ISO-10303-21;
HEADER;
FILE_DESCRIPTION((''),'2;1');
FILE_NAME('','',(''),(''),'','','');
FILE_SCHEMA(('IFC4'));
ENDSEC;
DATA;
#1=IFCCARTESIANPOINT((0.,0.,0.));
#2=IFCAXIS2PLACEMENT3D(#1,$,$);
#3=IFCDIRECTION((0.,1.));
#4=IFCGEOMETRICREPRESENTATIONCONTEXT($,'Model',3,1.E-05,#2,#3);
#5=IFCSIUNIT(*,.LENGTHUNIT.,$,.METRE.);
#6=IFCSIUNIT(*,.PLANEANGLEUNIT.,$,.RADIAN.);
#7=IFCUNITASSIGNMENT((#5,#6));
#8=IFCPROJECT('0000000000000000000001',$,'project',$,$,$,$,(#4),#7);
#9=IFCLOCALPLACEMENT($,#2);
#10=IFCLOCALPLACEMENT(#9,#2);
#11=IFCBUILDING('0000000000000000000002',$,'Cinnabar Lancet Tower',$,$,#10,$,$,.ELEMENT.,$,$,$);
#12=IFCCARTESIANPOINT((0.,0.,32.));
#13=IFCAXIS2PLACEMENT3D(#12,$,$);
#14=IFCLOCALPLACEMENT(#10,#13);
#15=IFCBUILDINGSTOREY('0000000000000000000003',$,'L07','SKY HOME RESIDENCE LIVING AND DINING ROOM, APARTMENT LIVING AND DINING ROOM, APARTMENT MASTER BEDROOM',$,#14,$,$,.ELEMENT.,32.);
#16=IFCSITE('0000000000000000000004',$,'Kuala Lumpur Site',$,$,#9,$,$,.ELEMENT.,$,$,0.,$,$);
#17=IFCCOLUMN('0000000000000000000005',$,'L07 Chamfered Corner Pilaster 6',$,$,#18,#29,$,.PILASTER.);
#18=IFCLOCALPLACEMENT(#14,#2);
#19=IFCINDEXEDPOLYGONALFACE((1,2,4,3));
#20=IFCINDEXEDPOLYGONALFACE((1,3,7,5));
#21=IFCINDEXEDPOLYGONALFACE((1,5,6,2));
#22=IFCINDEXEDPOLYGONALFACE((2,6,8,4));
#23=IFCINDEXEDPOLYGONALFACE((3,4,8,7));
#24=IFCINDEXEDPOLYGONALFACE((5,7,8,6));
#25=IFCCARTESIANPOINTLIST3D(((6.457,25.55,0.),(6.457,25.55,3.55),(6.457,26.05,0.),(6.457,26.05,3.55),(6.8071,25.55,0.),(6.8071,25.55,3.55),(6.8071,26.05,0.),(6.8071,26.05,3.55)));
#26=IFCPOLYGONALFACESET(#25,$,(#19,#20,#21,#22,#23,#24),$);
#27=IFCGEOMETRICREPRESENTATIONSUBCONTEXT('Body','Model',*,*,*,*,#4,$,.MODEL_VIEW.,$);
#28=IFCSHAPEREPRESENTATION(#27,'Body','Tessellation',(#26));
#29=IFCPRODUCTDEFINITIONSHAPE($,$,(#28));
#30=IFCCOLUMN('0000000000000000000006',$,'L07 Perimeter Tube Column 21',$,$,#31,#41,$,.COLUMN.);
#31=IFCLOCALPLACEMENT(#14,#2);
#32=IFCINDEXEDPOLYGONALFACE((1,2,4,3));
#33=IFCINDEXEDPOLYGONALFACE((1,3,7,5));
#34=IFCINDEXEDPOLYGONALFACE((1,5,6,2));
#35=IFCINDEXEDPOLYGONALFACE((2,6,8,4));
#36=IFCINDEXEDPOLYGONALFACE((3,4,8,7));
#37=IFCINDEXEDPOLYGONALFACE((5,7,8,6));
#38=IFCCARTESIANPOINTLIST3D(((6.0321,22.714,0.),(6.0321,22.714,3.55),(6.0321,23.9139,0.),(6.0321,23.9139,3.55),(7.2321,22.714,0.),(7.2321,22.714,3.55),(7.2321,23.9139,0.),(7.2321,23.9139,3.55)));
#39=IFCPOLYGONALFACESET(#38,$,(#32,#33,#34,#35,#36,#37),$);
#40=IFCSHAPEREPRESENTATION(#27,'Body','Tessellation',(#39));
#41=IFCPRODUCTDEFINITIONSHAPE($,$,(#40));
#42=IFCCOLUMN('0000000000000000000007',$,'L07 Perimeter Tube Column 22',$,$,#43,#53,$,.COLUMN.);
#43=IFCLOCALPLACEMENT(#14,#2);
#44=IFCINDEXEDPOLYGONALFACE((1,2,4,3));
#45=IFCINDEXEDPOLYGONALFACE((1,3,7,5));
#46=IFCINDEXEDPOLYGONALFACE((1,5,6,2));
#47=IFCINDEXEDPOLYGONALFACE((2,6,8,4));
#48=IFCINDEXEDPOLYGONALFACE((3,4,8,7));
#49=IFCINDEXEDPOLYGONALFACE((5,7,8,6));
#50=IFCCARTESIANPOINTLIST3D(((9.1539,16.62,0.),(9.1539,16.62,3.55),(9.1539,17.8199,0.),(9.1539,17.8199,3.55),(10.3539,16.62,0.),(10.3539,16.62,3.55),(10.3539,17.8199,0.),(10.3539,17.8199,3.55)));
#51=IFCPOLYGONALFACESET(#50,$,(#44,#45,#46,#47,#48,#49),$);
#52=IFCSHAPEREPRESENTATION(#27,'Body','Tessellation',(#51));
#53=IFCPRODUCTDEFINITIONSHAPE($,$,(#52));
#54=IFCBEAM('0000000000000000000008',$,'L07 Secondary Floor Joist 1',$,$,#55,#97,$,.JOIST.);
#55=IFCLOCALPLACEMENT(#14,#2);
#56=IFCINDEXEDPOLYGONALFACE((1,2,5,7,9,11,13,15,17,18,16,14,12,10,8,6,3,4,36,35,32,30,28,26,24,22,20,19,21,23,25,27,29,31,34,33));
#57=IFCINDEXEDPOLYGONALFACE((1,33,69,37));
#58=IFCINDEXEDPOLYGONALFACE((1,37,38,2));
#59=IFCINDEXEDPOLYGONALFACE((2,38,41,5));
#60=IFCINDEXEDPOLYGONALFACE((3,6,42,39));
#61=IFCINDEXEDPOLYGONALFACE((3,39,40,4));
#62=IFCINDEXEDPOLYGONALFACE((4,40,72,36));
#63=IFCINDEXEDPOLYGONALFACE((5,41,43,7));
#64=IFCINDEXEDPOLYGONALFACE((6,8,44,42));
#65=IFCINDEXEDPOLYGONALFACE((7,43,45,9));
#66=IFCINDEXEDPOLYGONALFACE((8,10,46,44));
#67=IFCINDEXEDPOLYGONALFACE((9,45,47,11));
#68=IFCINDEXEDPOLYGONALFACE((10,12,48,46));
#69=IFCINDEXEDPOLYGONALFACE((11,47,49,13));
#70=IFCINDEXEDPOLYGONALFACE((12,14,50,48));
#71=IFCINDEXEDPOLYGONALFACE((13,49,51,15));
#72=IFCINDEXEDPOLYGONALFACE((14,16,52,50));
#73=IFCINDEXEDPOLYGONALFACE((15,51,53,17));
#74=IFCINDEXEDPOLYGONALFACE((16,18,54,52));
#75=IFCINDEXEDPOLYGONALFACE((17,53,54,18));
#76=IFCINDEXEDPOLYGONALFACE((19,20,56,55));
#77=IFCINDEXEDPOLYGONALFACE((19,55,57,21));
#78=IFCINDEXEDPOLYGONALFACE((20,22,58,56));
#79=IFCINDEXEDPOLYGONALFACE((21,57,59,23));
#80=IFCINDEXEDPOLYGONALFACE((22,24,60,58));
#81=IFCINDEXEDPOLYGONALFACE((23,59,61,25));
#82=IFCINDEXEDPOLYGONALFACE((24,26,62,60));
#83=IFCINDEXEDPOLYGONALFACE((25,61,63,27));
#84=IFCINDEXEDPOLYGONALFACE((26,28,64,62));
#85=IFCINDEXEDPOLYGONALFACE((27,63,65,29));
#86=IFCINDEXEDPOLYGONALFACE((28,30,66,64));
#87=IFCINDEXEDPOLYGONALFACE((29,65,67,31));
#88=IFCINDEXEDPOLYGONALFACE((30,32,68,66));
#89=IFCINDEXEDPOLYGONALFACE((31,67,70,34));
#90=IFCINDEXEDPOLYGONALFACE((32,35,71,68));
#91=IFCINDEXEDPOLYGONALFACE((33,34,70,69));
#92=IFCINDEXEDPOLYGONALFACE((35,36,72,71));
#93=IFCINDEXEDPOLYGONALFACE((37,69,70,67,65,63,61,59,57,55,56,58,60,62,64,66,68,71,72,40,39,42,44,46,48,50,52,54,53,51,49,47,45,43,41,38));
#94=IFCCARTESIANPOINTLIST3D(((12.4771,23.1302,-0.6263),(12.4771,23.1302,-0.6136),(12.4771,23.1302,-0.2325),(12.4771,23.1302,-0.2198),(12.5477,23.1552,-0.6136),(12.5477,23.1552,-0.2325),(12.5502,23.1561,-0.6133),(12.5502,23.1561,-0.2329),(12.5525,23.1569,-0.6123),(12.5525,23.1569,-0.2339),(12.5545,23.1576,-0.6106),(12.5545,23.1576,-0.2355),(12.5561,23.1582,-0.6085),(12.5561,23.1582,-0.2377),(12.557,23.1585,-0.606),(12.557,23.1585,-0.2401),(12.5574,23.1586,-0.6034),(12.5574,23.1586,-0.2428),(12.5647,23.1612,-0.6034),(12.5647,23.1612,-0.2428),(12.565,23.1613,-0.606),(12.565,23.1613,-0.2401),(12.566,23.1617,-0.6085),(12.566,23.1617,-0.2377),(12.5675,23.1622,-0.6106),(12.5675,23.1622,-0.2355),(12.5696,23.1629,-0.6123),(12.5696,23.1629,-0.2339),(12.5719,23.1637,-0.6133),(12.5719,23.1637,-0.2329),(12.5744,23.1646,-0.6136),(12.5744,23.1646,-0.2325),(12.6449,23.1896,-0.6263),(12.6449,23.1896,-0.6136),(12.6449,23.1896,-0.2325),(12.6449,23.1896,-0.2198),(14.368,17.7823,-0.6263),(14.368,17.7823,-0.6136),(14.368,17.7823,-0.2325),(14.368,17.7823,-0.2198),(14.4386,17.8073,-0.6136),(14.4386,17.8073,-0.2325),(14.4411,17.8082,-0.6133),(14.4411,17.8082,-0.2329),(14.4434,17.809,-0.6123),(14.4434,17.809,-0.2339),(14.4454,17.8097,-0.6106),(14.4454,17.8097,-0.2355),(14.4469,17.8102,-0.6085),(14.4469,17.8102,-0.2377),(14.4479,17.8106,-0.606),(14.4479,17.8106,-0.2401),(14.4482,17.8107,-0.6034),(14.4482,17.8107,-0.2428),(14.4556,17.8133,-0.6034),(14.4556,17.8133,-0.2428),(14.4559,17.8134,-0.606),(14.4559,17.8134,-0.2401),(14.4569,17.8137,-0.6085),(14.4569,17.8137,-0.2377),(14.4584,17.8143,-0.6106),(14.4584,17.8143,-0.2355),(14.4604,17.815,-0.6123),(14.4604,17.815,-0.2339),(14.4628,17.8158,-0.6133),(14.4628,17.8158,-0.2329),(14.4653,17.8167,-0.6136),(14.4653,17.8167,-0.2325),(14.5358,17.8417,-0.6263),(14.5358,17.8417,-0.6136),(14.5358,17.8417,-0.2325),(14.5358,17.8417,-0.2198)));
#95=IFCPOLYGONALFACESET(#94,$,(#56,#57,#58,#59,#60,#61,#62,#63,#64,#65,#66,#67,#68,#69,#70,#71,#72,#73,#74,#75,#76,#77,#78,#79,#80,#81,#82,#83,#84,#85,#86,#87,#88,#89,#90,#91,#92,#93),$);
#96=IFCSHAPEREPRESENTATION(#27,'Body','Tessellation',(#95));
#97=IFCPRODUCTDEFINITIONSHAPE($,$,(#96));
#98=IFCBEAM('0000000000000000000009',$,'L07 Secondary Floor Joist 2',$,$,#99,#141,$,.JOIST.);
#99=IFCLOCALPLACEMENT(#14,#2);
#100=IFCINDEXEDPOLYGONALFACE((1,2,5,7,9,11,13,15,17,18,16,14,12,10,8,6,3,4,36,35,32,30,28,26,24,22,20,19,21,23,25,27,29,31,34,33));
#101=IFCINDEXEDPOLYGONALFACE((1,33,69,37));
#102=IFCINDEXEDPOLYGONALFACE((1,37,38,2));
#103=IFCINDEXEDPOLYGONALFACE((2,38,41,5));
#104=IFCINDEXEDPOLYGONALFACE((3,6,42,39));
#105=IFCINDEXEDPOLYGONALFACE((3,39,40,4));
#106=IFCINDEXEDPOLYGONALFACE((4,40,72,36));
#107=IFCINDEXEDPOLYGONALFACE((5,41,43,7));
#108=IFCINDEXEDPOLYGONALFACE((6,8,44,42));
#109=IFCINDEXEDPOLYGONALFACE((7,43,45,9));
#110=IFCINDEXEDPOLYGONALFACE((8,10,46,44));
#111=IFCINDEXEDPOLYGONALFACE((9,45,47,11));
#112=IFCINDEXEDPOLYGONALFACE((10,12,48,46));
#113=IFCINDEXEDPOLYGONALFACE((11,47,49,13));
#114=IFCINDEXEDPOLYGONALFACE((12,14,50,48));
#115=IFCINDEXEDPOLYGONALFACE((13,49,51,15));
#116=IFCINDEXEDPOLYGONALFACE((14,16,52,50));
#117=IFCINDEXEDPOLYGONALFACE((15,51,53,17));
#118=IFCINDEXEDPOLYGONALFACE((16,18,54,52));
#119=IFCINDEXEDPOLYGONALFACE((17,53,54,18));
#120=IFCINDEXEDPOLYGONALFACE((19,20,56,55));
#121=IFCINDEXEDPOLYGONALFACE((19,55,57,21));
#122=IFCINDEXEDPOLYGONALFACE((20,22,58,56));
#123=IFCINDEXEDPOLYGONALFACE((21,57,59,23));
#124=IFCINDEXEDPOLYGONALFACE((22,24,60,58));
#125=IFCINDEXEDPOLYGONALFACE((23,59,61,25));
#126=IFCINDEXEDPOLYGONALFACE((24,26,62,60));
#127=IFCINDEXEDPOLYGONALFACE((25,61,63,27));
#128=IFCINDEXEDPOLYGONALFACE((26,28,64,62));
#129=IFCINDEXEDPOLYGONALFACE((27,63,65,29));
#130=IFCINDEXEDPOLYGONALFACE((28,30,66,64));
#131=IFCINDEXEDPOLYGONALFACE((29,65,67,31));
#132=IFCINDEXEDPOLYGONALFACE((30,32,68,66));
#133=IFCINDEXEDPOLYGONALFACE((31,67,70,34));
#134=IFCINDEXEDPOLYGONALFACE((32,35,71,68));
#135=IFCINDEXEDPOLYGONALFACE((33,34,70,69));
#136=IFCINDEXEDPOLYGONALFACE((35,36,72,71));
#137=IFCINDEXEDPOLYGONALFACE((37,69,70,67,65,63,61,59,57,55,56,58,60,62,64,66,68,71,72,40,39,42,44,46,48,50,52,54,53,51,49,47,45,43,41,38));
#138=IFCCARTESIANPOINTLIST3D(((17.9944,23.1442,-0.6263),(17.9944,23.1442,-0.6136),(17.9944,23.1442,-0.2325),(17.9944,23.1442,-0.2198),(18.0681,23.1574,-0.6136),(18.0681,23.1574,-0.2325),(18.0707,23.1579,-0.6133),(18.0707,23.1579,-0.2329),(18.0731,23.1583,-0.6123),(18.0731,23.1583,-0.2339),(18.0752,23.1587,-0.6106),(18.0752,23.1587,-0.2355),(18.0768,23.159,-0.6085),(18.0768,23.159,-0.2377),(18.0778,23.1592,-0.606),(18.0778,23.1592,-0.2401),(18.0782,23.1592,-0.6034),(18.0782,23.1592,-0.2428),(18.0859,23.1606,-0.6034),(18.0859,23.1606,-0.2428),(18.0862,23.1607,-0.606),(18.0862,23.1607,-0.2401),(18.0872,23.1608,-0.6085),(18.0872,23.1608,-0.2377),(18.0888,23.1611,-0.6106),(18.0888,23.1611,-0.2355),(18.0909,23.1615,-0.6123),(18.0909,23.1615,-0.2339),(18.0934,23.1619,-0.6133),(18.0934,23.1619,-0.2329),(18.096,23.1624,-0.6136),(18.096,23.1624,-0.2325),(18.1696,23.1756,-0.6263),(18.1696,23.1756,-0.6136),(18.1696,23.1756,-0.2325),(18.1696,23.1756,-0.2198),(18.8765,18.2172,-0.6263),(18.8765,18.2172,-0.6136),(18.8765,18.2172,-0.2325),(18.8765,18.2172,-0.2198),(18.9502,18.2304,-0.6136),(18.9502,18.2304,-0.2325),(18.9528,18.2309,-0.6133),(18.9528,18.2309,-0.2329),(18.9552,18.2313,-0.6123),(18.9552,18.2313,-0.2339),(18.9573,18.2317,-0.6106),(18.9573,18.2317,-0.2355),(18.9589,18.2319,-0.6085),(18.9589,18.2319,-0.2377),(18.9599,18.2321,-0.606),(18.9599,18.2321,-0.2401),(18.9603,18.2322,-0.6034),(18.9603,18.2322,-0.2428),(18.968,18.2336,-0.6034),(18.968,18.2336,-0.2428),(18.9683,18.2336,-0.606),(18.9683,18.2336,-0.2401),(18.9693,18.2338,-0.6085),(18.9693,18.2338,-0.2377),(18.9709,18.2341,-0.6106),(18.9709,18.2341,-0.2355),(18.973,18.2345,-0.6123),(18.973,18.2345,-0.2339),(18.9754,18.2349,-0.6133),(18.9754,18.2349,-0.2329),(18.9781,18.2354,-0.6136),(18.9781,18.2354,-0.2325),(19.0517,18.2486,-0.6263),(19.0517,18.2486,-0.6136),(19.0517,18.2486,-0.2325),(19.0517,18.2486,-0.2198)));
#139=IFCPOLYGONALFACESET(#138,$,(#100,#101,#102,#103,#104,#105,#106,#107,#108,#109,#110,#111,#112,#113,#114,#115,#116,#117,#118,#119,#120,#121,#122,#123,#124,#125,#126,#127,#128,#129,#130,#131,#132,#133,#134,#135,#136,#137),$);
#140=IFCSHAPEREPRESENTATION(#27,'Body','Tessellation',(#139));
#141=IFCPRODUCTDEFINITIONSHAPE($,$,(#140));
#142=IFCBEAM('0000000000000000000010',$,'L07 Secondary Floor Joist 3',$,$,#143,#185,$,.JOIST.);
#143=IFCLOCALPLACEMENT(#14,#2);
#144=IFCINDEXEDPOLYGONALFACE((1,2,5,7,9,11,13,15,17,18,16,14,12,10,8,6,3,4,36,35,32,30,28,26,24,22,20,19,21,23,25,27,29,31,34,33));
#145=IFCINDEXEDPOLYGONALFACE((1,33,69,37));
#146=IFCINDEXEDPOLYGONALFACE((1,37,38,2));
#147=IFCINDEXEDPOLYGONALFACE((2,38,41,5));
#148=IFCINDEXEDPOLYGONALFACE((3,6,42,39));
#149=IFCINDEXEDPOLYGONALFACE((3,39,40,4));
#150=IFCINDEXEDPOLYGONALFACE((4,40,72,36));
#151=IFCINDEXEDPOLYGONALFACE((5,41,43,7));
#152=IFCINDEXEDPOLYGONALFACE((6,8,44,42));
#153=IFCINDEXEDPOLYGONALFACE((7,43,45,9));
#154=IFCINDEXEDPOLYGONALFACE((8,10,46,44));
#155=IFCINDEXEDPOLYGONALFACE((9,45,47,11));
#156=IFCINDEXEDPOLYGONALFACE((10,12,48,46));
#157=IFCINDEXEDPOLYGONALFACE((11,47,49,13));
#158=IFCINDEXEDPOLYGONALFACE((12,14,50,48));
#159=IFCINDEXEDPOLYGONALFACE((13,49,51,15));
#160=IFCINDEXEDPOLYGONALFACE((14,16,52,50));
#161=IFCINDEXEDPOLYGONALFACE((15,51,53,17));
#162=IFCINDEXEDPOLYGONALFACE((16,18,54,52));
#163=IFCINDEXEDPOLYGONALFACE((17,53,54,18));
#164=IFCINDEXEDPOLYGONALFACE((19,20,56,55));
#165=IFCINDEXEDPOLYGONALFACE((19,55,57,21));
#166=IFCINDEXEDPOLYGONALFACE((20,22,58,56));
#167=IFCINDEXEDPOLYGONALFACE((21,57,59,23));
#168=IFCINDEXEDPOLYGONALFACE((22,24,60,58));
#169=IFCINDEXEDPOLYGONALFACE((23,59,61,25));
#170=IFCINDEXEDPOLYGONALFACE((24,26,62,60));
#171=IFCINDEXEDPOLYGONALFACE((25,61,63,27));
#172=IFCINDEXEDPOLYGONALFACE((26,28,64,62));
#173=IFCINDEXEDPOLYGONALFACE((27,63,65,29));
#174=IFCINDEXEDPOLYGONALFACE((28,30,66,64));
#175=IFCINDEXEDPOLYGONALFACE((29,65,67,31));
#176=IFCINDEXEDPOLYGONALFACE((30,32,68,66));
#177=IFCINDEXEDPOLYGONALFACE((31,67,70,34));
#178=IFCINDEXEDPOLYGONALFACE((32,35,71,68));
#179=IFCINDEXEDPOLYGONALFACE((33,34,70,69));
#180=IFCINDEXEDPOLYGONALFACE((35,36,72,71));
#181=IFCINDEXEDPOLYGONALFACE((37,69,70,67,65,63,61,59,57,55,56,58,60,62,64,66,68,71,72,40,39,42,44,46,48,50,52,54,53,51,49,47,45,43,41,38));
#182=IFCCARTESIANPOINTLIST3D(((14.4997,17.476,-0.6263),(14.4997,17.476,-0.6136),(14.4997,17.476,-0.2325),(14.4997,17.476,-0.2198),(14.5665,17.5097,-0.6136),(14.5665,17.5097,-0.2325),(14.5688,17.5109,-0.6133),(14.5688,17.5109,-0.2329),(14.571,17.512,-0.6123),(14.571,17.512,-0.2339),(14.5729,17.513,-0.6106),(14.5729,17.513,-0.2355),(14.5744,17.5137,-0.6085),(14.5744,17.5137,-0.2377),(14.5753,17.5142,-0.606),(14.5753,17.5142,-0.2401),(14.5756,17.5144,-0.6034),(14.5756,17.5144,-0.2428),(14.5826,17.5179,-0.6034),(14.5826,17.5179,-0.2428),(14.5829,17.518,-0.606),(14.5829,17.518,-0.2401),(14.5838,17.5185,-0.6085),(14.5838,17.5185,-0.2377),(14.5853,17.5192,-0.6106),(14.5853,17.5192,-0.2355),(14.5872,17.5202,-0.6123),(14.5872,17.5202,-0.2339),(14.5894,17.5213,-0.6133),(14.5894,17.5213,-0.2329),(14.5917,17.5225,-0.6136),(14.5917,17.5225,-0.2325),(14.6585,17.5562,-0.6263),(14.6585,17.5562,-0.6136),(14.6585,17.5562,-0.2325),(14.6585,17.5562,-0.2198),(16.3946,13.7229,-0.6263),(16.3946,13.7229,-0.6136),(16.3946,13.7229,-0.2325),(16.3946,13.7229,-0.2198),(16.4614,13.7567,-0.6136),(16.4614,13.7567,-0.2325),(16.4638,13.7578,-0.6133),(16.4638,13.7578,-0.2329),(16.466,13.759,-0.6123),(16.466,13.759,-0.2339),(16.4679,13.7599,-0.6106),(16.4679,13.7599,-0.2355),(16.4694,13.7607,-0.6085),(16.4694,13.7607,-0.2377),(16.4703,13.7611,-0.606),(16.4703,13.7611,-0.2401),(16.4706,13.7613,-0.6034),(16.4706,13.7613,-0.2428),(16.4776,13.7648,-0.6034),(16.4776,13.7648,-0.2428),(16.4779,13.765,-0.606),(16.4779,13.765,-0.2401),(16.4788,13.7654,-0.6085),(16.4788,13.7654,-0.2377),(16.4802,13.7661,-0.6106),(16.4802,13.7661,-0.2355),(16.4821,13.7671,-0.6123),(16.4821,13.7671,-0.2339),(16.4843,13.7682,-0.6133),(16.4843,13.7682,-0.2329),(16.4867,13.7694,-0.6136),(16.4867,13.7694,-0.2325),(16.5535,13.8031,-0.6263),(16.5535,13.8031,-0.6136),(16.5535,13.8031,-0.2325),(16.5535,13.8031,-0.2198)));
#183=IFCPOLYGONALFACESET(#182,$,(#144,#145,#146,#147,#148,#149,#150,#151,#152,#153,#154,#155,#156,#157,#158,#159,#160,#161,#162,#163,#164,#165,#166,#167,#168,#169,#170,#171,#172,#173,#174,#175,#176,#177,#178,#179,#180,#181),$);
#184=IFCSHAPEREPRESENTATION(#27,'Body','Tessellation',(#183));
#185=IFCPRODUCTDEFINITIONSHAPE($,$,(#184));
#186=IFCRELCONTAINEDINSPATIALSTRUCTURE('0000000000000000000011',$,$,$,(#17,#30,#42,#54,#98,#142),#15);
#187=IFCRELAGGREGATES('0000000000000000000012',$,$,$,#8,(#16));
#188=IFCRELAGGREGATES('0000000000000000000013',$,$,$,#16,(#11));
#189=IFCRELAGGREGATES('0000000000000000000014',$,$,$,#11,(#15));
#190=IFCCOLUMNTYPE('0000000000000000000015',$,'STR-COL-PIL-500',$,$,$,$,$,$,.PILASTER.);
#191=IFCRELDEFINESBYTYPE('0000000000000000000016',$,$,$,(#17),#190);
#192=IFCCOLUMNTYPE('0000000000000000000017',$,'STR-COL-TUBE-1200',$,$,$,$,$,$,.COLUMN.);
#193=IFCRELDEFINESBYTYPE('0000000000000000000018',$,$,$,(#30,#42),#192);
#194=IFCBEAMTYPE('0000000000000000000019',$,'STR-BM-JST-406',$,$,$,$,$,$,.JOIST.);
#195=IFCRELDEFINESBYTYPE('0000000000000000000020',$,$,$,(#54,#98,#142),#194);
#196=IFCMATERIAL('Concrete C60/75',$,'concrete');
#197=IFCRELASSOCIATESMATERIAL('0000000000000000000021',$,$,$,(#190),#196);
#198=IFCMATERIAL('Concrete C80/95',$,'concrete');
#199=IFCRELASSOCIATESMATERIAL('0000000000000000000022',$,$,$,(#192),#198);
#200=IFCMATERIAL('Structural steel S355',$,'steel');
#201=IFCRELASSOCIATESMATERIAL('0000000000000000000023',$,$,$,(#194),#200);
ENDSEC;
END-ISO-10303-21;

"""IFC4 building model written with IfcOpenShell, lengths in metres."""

from ifc_helpers import new_model, si_unit, direction, frame, origin, origin_2d, place, context, subcontext, project, spatial, rectangle, i_section, extrude, material, material_profile, profile_set, type_object, element, save


model = new_model("IFC4")

# Units and contexts
model_context = context("Model", 3, precision=1e-05, world=origin(), true_north=direction((0.0, 1.0)))
body_context = subcontext(model_context, "Body", "Model", "MODEL_VIEW")
ifc_project = project(units=[si_unit("LENGTHUNIT", "METRE"), si_unit("PLANEANGLEUNIT", "RADIAN")], contexts=[model_context])

# Site, building, storey
site_placement = place(None, origin())
site = spatial("IfcSite", under=ifc_project, at=site_placement, Name="Kuala Lumpur Site", CompositionType="ELEMENT", RefElevation=0.0)
building_placement = place(site_placement, origin())
building = spatial("IfcBuilding", under=site, at=building_placement, Name="Cinnabar Lancet Tower", CompositionType="ELEMENT")
storey_placement = place(building_placement, frame((0.0, 0.0, 32.0)))
storey = spatial("IfcBuildingStorey", under=building, at=storey_placement, Name="L07", Description="SKY HOME RESIDENCE LIVING AND DINING ROOM, APARTMENT LIVING AND DINING ROOM, APARTMENT MASTER BEDROOM", CompositionType="ELEMENT", Elevation=32.0)

# Columns
ifc_material_1 = material(Name="Concrete C60/75", Category="concrete")
ifc_material_profile_1 = material_profile(ifc_material_1, rectangle(XDim=0.5, YDim=0.3501, at=origin_2d()), Name="RC-PIL 500x350")
ifc_profile_set_1 = profile_set([ifc_material_profile_1], Name="Concrete C60/75")
column_type_1 = type_object("IfcColumnType", Name="STR-COL-PIL-500", PredefinedType="PILASTER", material=ifc_profile_set_1)
column_placement = place(storey_placement, frame((6.6321, 25.8, 0.0), z_axis=(0.0, 0.0, 1.0), x_axis=(0.0, -1.0, 0.0)))
element("IfcColumn", 1, at=column_placement, inside=storey, type_object=column_type_1, Name="L07 Chamfered Corner Pilaster 6", PredefinedType="PILASTER", context=body_context, shape_type="SweptSolid", body=[
    extrude(rectangle(XDim=0.5, YDim=0.3501, at=origin_2d()), origin(), (0.0, 0.0, 1.0), 3.55),
])
ifc_material_2 = material(Name="Concrete C80/95", Category="concrete")
ifc_material_profile_2 = material_profile(ifc_material_2, rectangle(XDim=1.2, YDim=1.2, at=origin_2d()), Name="RC-COL 1200x1200")
ifc_profile_set_2 = profile_set([ifc_material_profile_2], Name="Concrete C80/95")
column_type_2 = type_object("IfcColumnType", Name="STR-COL-TUBE-1200", PredefinedType="COLUMN", material=ifc_profile_set_2)
for number, where, z_axis, x_axis, name in (
    (2, (6.6321, 23.314, 0.0), (0.0, 0.0, 1.0), (1.0, 0.0, 0.0), "L07 Perimeter Tube Column 21"),
    (3, (9.7539, 17.22, 0.0), (0.0, 0.0, 1.0), (1.0, 0.0, 0.0), "L07 Perimeter Tube Column 22"),
):
    element("IfcColumn", number, at=place(storey_placement, frame(where, z_axis=z_axis, x_axis=x_axis)), inside=storey, type_object=column_type_2, Name=name, PredefinedType="COLUMN", context=body_context, shape_type="SweptSolid", body=[
        extrude(rectangle(XDim=1.2, YDim=1.2, at=origin_2d()), origin(), (0.0, 0.0, 1.0), 3.55),
    ])

# Beams
ifc_material_3 = material(Name="Structural steel S355", Category="steel")
ifc_material_profile_3 = material_profile(ifc_material_3, i_section(OverallWidth=0.178, OverallDepth=0.4065, WebThickness=0.0078, FlangeThickness=0.0127, FilletRadius=0.0103, at=origin_2d()), Name="UKB 406x178x60")
ifc_profile_set_3 = profile_set([ifc_material_profile_3], Name="Structural steel S355")
beam_type_1 = type_object("IfcBeamType", Name="STR-BM-JST-406", PredefinedType="JOIST", material=ifc_profile_set_3)
beam_1_placement = place(storey_placement, frame((12.561, 23.1599, -0.4231), z_axis=(0.333349, -0.942803, 0.0), x_axis=(0.942803, 0.333349, 0.0)))
element("IfcBeam", 4, at=beam_1_placement, inside=storey, type_object=beam_type_1, Name="L07 Secondary Floor Joist 1", PredefinedType="JOIST", context=body_context, shape_type="SweptSolid", body=[
    extrude(i_section(OverallWidth=0.178, OverallDepth=0.4065, WebThickness=0.0078, FlangeThickness=0.0127, FilletRadius=0.0103, at=origin_2d()), origin(), (0.0, 0.0, 1.0), 5.6724),
])
beam_2_placement = place(storey_placement, frame((18.082, 23.1599, -0.4231), z_axis=(0.176228, -0.984349, 0.0), x_axis=(0.984349, 0.176228, 0.0)))
element("IfcBeam", 5, at=beam_2_placement, inside=storey, type_object=beam_type_1, Name="L07 Secondary Floor Joist 2", PredefinedType="JOIST", context=body_context, shape_type="SweptSolid", body=[
    extrude(i_section(OverallWidth=0.178, OverallDepth=0.4065, WebThickness=0.0078, FlangeThickness=0.0127, FilletRadius=0.0103, at=origin_2d()), origin(), (0.0, 0.0, 1.0), 5.0054),
])
beam_3_placement = place(storey_placement, frame((14.5791, 17.5161, -0.4231), z_axis=(0.450717, -0.892667, 0.0), x_axis=(0.892667, 0.450717, 0.0)))
element("IfcBeam", 6, at=beam_3_placement, inside=storey, type_object=beam_type_1, Name="L07 Secondary Floor Joist 3", PredefinedType="JOIST", context=body_context, shape_type="SweptSolid", body=[
    extrude(i_section(OverallWidth=0.178, OverallDepth=0.4065, WebThickness=0.0078, FlangeThickness=0.0127, FilletRadius=0.0103, at=origin_2d()), origin(), (0.0, 0.0, 1.0), 4.2043),
])

save(model, "model.ifc")
